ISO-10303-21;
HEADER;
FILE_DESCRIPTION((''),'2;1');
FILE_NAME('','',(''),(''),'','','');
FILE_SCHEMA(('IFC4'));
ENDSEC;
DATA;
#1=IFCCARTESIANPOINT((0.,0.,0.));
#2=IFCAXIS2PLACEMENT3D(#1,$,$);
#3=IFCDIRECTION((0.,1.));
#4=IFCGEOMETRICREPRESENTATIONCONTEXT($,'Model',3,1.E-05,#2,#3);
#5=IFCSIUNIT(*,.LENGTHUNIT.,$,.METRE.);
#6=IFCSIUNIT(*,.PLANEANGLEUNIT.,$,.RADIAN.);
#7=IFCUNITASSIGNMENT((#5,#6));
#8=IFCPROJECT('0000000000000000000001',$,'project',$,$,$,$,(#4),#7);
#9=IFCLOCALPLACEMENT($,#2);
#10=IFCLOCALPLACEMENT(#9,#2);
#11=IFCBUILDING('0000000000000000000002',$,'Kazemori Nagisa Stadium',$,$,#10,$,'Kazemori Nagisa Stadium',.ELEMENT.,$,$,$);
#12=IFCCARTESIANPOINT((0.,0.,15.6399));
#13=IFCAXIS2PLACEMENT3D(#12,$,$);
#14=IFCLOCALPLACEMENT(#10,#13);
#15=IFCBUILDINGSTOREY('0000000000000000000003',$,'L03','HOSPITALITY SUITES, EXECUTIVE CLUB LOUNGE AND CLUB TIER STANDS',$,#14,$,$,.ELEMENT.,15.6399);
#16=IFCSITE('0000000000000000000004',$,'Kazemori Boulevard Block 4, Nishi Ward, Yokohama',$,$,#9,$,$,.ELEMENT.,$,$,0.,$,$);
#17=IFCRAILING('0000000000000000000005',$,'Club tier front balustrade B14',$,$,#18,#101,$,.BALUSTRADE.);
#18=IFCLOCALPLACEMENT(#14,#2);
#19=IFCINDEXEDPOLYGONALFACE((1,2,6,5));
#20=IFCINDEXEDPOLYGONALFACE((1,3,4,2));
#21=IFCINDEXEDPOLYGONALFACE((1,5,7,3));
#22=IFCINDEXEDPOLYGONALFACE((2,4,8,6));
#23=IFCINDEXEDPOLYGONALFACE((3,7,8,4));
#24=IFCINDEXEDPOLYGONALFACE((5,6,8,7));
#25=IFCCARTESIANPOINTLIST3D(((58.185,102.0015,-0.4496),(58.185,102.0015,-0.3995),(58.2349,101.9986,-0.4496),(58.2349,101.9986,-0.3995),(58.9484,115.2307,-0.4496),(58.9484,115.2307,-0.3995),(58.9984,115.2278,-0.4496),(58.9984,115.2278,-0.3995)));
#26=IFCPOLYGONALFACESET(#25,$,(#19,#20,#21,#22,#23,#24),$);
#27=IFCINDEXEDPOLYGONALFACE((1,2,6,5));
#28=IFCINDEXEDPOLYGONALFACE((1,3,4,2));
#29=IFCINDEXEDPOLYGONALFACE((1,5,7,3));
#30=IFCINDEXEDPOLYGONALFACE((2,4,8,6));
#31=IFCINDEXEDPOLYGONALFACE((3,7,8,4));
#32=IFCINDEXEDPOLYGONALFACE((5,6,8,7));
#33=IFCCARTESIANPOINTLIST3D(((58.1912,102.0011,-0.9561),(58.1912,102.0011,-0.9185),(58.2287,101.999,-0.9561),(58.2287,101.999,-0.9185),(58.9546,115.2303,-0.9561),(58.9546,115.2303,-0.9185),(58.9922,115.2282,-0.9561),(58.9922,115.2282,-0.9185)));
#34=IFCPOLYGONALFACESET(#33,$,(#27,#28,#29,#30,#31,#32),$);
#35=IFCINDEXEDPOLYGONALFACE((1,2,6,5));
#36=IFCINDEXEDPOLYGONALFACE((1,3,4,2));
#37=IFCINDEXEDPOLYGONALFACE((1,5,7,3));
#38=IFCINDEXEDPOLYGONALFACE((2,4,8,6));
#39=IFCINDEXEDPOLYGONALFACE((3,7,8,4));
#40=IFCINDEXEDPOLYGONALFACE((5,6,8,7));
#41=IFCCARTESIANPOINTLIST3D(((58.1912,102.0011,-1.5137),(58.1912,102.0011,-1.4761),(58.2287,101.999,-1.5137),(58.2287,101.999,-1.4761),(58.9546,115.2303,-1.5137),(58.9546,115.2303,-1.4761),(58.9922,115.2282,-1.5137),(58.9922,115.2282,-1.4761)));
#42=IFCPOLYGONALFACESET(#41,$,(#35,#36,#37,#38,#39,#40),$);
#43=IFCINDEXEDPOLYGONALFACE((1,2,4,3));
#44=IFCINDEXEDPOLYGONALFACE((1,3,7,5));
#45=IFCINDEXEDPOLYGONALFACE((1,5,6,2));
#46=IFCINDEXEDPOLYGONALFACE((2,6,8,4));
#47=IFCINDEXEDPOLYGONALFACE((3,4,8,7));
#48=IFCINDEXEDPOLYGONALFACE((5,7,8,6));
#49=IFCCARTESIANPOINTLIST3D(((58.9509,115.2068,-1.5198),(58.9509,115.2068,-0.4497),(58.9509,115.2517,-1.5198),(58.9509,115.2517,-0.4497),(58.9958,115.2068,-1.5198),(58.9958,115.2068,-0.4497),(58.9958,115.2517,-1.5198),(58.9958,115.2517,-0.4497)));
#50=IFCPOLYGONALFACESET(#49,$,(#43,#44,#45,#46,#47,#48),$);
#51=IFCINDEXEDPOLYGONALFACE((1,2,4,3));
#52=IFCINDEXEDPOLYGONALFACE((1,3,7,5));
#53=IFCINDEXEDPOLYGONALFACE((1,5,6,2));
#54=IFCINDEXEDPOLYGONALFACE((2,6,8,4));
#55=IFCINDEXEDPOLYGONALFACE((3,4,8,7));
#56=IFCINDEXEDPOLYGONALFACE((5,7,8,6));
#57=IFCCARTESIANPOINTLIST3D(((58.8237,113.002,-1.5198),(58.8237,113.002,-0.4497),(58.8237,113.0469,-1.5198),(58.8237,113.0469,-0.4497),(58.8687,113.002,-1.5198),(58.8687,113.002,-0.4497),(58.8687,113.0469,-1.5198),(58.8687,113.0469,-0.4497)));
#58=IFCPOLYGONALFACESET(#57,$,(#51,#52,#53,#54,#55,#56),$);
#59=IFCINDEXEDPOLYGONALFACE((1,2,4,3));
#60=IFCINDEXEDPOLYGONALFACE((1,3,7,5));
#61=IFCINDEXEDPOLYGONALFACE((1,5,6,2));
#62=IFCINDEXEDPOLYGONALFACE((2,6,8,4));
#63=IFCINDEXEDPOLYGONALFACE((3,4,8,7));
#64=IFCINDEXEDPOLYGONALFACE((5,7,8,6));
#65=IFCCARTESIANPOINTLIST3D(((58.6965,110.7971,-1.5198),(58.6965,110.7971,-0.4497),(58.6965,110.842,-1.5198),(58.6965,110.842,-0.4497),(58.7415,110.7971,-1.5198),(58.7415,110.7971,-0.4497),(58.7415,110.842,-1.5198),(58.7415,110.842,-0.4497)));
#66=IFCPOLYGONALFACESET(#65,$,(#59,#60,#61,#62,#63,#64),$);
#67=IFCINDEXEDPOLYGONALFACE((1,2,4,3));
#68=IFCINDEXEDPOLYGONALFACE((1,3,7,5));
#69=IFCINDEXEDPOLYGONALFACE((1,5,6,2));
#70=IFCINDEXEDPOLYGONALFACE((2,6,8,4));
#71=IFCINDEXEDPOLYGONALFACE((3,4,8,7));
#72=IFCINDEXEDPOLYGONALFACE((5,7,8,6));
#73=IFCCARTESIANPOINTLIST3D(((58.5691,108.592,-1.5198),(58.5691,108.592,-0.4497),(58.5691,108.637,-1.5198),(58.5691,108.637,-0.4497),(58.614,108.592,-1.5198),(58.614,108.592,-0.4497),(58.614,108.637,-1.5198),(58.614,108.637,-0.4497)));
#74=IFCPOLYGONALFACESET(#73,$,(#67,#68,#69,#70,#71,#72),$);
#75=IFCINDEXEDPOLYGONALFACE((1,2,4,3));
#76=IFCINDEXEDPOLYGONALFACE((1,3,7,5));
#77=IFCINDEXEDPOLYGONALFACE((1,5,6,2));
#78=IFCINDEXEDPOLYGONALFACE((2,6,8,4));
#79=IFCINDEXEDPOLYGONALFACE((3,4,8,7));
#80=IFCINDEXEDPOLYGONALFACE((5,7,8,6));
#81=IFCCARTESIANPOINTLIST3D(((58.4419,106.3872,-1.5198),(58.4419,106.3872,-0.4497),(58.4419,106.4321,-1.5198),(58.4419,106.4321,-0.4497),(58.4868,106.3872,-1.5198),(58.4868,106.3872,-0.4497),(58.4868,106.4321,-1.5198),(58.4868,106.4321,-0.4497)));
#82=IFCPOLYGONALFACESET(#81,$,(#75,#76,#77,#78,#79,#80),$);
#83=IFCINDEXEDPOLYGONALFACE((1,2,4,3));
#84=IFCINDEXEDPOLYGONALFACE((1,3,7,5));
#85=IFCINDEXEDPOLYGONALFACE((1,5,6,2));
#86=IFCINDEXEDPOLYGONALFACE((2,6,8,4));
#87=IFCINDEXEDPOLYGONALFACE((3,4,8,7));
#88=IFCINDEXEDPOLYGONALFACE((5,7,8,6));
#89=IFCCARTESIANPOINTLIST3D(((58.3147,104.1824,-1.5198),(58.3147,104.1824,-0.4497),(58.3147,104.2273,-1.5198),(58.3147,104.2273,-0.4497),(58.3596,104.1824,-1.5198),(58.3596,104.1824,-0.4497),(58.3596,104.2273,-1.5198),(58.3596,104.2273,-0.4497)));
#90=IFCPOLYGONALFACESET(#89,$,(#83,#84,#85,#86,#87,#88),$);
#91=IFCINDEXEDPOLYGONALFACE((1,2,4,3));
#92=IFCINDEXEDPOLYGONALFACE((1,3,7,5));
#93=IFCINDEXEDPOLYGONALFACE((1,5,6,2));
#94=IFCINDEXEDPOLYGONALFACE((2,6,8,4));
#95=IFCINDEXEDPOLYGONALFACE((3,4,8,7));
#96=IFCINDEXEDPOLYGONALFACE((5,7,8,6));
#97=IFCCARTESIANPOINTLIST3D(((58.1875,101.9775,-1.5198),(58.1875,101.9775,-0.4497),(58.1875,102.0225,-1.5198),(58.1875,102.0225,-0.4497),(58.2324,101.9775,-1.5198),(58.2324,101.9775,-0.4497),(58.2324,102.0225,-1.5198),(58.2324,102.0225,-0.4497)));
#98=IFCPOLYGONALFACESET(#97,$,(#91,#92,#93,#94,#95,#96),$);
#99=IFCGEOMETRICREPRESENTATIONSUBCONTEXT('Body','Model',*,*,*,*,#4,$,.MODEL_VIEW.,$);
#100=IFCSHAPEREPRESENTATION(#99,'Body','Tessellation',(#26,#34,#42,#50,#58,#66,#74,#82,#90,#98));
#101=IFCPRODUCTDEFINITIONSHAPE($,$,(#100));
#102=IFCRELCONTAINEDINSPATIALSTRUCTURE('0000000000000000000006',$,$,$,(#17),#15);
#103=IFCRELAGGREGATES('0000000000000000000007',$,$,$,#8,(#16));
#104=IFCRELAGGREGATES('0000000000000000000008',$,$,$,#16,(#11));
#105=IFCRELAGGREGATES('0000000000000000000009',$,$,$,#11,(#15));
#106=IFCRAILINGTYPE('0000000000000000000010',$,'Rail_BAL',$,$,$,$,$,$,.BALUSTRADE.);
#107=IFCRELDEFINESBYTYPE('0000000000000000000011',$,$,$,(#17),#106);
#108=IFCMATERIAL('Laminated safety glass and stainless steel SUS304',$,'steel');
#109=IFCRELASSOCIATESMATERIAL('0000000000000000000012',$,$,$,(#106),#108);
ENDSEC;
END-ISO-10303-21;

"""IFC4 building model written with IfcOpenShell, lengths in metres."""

from ifc_helpers import new_model, si_unit, direction, frame, origin, origin_2d, place, context, subcontext, project, spatial, rectangle, extrude, material, type_object, element, save


model = new_model("IFC4")

# Units and contexts
model_context = context("Model", 3, precision=1e-05, world=origin(), true_north=direction((0.0, 1.0)))
body_context = subcontext(model_context, "Body", "Model", "MODEL_VIEW")
ifc_project = project(units=[si_unit("LENGTHUNIT", "METRE"), si_unit("PLANEANGLEUNIT", "RADIAN")], contexts=[model_context])

# Site, building, storey
site_placement = place(None, origin())
site = spatial("IfcSite", under=ifc_project, at=site_placement, Name="Kazemori Boulevard Block 4, Nishi Ward, Yokohama", CompositionType="ELEMENT", RefElevation=0.0)
building_placement = place(site_placement, origin())
building = spatial("IfcBuilding", under=site, at=building_placement, Name="Kazemori Nagisa Stadium", LongName="Kazemori Nagisa Stadium", CompositionType="ELEMENT")
storey_placement = place(building_placement, frame((0.0, 0.0, 15.6399)))
storey = spatial("IfcBuildingStorey", under=building, at=storey_placement, Name="L03", Description="HOSPITALITY SUITES, EXECUTIVE CLUB LOUNGE AND CLUB TIER STANDS", CompositionType="ELEMENT", Elevation=15.6399)

# Railing
ifc_material_1 = material(Name="Laminated safety glass and stainless steel SUS304", Category="steel")
railing_type = type_object("IfcRailingType", Name="Rail_BAL", PredefinedType="BALUSTRADE", material=ifc_material_1)
railing_placement = place(storey_placement, frame((58.9734, 115.2292, -1.5198)))
element("IfcRailing", 1, at=railing_placement, inside=storey, type_object=railing_type, Name="Club tier front balustrade B14", PredefinedType="BALUSTRADE", context=body_context, shape_type="SweptSolid", body=[
    extrude(rectangle(XDim=0.05, YDim=0.05, at=origin_2d()), frame((0.0, 0.0, 1.0952), z_axis=(-0.057612, -0.998339, 0.0), x_axis=(0.998339, -0.057612, 0.0)), (0.0, 0.0, 1.0), 13.2512),
    extrude(rectangle(XDim=0.0376, YDim=0.0376, at=origin_2d()), frame((0.0, 0.0, 0.5825), z_axis=(-0.057612, -0.998339, 0.0), x_axis=(0.998339, -0.057612, 0.0)), (0.0, 0.0, 1.0), 13.2512),
    extrude(rectangle(XDim=0.0376, YDim=0.0376, at=origin_2d()), frame((0.0, 0.0, 0.0249), z_axis=(-0.057612, -0.998339, 0.0), x_axis=(0.998339, -0.057612, 0.0)), (0.0, 0.0, 1.0), 13.2512),
    extrude(rectangle(XDim=0.0449, YDim=0.0449, at=origin_2d()), origin(), (0.0, 0.0, 1.0), 1.0701),
    extrude(rectangle(XDim=0.0449, YDim=0.0449, at=origin_2d()), frame((-0.1272, -2.2048, 0.0)), (0.0, 0.0, 1.0), 1.0701),
    extrude(rectangle(XDim=0.0449, YDim=0.0449, at=origin_2d()), frame((-0.2544, -4.4097, 0.0)), (0.0, 0.0, 1.0), 1.0701),
    extrude(rectangle(XDim=0.0449, YDim=0.0449, at=origin_2d()), frame((-0.3818, -6.6147, 0.0)), (0.0, 0.0, 1.0), 1.0701),
    extrude(rectangle(XDim=0.0449, YDim=0.0449, at=origin_2d()), frame((-0.509, -8.8196, 0.0)), (0.0, 0.0, 1.0), 1.0701),
    extrude(rectangle(XDim=0.0449, YDim=0.0449, at=origin_2d()), frame((-0.6362, -11.0244, 0.0)), (0.0, 0.0, 1.0), 1.0701),
    extrude(rectangle(XDim=0.0449, YDim=0.0449, at=origin_2d()), frame((-0.7634, -13.2292, 0.0)), (0.0, 0.0, 1.0), 1.0701),
])

save(model, "model.ifc")
